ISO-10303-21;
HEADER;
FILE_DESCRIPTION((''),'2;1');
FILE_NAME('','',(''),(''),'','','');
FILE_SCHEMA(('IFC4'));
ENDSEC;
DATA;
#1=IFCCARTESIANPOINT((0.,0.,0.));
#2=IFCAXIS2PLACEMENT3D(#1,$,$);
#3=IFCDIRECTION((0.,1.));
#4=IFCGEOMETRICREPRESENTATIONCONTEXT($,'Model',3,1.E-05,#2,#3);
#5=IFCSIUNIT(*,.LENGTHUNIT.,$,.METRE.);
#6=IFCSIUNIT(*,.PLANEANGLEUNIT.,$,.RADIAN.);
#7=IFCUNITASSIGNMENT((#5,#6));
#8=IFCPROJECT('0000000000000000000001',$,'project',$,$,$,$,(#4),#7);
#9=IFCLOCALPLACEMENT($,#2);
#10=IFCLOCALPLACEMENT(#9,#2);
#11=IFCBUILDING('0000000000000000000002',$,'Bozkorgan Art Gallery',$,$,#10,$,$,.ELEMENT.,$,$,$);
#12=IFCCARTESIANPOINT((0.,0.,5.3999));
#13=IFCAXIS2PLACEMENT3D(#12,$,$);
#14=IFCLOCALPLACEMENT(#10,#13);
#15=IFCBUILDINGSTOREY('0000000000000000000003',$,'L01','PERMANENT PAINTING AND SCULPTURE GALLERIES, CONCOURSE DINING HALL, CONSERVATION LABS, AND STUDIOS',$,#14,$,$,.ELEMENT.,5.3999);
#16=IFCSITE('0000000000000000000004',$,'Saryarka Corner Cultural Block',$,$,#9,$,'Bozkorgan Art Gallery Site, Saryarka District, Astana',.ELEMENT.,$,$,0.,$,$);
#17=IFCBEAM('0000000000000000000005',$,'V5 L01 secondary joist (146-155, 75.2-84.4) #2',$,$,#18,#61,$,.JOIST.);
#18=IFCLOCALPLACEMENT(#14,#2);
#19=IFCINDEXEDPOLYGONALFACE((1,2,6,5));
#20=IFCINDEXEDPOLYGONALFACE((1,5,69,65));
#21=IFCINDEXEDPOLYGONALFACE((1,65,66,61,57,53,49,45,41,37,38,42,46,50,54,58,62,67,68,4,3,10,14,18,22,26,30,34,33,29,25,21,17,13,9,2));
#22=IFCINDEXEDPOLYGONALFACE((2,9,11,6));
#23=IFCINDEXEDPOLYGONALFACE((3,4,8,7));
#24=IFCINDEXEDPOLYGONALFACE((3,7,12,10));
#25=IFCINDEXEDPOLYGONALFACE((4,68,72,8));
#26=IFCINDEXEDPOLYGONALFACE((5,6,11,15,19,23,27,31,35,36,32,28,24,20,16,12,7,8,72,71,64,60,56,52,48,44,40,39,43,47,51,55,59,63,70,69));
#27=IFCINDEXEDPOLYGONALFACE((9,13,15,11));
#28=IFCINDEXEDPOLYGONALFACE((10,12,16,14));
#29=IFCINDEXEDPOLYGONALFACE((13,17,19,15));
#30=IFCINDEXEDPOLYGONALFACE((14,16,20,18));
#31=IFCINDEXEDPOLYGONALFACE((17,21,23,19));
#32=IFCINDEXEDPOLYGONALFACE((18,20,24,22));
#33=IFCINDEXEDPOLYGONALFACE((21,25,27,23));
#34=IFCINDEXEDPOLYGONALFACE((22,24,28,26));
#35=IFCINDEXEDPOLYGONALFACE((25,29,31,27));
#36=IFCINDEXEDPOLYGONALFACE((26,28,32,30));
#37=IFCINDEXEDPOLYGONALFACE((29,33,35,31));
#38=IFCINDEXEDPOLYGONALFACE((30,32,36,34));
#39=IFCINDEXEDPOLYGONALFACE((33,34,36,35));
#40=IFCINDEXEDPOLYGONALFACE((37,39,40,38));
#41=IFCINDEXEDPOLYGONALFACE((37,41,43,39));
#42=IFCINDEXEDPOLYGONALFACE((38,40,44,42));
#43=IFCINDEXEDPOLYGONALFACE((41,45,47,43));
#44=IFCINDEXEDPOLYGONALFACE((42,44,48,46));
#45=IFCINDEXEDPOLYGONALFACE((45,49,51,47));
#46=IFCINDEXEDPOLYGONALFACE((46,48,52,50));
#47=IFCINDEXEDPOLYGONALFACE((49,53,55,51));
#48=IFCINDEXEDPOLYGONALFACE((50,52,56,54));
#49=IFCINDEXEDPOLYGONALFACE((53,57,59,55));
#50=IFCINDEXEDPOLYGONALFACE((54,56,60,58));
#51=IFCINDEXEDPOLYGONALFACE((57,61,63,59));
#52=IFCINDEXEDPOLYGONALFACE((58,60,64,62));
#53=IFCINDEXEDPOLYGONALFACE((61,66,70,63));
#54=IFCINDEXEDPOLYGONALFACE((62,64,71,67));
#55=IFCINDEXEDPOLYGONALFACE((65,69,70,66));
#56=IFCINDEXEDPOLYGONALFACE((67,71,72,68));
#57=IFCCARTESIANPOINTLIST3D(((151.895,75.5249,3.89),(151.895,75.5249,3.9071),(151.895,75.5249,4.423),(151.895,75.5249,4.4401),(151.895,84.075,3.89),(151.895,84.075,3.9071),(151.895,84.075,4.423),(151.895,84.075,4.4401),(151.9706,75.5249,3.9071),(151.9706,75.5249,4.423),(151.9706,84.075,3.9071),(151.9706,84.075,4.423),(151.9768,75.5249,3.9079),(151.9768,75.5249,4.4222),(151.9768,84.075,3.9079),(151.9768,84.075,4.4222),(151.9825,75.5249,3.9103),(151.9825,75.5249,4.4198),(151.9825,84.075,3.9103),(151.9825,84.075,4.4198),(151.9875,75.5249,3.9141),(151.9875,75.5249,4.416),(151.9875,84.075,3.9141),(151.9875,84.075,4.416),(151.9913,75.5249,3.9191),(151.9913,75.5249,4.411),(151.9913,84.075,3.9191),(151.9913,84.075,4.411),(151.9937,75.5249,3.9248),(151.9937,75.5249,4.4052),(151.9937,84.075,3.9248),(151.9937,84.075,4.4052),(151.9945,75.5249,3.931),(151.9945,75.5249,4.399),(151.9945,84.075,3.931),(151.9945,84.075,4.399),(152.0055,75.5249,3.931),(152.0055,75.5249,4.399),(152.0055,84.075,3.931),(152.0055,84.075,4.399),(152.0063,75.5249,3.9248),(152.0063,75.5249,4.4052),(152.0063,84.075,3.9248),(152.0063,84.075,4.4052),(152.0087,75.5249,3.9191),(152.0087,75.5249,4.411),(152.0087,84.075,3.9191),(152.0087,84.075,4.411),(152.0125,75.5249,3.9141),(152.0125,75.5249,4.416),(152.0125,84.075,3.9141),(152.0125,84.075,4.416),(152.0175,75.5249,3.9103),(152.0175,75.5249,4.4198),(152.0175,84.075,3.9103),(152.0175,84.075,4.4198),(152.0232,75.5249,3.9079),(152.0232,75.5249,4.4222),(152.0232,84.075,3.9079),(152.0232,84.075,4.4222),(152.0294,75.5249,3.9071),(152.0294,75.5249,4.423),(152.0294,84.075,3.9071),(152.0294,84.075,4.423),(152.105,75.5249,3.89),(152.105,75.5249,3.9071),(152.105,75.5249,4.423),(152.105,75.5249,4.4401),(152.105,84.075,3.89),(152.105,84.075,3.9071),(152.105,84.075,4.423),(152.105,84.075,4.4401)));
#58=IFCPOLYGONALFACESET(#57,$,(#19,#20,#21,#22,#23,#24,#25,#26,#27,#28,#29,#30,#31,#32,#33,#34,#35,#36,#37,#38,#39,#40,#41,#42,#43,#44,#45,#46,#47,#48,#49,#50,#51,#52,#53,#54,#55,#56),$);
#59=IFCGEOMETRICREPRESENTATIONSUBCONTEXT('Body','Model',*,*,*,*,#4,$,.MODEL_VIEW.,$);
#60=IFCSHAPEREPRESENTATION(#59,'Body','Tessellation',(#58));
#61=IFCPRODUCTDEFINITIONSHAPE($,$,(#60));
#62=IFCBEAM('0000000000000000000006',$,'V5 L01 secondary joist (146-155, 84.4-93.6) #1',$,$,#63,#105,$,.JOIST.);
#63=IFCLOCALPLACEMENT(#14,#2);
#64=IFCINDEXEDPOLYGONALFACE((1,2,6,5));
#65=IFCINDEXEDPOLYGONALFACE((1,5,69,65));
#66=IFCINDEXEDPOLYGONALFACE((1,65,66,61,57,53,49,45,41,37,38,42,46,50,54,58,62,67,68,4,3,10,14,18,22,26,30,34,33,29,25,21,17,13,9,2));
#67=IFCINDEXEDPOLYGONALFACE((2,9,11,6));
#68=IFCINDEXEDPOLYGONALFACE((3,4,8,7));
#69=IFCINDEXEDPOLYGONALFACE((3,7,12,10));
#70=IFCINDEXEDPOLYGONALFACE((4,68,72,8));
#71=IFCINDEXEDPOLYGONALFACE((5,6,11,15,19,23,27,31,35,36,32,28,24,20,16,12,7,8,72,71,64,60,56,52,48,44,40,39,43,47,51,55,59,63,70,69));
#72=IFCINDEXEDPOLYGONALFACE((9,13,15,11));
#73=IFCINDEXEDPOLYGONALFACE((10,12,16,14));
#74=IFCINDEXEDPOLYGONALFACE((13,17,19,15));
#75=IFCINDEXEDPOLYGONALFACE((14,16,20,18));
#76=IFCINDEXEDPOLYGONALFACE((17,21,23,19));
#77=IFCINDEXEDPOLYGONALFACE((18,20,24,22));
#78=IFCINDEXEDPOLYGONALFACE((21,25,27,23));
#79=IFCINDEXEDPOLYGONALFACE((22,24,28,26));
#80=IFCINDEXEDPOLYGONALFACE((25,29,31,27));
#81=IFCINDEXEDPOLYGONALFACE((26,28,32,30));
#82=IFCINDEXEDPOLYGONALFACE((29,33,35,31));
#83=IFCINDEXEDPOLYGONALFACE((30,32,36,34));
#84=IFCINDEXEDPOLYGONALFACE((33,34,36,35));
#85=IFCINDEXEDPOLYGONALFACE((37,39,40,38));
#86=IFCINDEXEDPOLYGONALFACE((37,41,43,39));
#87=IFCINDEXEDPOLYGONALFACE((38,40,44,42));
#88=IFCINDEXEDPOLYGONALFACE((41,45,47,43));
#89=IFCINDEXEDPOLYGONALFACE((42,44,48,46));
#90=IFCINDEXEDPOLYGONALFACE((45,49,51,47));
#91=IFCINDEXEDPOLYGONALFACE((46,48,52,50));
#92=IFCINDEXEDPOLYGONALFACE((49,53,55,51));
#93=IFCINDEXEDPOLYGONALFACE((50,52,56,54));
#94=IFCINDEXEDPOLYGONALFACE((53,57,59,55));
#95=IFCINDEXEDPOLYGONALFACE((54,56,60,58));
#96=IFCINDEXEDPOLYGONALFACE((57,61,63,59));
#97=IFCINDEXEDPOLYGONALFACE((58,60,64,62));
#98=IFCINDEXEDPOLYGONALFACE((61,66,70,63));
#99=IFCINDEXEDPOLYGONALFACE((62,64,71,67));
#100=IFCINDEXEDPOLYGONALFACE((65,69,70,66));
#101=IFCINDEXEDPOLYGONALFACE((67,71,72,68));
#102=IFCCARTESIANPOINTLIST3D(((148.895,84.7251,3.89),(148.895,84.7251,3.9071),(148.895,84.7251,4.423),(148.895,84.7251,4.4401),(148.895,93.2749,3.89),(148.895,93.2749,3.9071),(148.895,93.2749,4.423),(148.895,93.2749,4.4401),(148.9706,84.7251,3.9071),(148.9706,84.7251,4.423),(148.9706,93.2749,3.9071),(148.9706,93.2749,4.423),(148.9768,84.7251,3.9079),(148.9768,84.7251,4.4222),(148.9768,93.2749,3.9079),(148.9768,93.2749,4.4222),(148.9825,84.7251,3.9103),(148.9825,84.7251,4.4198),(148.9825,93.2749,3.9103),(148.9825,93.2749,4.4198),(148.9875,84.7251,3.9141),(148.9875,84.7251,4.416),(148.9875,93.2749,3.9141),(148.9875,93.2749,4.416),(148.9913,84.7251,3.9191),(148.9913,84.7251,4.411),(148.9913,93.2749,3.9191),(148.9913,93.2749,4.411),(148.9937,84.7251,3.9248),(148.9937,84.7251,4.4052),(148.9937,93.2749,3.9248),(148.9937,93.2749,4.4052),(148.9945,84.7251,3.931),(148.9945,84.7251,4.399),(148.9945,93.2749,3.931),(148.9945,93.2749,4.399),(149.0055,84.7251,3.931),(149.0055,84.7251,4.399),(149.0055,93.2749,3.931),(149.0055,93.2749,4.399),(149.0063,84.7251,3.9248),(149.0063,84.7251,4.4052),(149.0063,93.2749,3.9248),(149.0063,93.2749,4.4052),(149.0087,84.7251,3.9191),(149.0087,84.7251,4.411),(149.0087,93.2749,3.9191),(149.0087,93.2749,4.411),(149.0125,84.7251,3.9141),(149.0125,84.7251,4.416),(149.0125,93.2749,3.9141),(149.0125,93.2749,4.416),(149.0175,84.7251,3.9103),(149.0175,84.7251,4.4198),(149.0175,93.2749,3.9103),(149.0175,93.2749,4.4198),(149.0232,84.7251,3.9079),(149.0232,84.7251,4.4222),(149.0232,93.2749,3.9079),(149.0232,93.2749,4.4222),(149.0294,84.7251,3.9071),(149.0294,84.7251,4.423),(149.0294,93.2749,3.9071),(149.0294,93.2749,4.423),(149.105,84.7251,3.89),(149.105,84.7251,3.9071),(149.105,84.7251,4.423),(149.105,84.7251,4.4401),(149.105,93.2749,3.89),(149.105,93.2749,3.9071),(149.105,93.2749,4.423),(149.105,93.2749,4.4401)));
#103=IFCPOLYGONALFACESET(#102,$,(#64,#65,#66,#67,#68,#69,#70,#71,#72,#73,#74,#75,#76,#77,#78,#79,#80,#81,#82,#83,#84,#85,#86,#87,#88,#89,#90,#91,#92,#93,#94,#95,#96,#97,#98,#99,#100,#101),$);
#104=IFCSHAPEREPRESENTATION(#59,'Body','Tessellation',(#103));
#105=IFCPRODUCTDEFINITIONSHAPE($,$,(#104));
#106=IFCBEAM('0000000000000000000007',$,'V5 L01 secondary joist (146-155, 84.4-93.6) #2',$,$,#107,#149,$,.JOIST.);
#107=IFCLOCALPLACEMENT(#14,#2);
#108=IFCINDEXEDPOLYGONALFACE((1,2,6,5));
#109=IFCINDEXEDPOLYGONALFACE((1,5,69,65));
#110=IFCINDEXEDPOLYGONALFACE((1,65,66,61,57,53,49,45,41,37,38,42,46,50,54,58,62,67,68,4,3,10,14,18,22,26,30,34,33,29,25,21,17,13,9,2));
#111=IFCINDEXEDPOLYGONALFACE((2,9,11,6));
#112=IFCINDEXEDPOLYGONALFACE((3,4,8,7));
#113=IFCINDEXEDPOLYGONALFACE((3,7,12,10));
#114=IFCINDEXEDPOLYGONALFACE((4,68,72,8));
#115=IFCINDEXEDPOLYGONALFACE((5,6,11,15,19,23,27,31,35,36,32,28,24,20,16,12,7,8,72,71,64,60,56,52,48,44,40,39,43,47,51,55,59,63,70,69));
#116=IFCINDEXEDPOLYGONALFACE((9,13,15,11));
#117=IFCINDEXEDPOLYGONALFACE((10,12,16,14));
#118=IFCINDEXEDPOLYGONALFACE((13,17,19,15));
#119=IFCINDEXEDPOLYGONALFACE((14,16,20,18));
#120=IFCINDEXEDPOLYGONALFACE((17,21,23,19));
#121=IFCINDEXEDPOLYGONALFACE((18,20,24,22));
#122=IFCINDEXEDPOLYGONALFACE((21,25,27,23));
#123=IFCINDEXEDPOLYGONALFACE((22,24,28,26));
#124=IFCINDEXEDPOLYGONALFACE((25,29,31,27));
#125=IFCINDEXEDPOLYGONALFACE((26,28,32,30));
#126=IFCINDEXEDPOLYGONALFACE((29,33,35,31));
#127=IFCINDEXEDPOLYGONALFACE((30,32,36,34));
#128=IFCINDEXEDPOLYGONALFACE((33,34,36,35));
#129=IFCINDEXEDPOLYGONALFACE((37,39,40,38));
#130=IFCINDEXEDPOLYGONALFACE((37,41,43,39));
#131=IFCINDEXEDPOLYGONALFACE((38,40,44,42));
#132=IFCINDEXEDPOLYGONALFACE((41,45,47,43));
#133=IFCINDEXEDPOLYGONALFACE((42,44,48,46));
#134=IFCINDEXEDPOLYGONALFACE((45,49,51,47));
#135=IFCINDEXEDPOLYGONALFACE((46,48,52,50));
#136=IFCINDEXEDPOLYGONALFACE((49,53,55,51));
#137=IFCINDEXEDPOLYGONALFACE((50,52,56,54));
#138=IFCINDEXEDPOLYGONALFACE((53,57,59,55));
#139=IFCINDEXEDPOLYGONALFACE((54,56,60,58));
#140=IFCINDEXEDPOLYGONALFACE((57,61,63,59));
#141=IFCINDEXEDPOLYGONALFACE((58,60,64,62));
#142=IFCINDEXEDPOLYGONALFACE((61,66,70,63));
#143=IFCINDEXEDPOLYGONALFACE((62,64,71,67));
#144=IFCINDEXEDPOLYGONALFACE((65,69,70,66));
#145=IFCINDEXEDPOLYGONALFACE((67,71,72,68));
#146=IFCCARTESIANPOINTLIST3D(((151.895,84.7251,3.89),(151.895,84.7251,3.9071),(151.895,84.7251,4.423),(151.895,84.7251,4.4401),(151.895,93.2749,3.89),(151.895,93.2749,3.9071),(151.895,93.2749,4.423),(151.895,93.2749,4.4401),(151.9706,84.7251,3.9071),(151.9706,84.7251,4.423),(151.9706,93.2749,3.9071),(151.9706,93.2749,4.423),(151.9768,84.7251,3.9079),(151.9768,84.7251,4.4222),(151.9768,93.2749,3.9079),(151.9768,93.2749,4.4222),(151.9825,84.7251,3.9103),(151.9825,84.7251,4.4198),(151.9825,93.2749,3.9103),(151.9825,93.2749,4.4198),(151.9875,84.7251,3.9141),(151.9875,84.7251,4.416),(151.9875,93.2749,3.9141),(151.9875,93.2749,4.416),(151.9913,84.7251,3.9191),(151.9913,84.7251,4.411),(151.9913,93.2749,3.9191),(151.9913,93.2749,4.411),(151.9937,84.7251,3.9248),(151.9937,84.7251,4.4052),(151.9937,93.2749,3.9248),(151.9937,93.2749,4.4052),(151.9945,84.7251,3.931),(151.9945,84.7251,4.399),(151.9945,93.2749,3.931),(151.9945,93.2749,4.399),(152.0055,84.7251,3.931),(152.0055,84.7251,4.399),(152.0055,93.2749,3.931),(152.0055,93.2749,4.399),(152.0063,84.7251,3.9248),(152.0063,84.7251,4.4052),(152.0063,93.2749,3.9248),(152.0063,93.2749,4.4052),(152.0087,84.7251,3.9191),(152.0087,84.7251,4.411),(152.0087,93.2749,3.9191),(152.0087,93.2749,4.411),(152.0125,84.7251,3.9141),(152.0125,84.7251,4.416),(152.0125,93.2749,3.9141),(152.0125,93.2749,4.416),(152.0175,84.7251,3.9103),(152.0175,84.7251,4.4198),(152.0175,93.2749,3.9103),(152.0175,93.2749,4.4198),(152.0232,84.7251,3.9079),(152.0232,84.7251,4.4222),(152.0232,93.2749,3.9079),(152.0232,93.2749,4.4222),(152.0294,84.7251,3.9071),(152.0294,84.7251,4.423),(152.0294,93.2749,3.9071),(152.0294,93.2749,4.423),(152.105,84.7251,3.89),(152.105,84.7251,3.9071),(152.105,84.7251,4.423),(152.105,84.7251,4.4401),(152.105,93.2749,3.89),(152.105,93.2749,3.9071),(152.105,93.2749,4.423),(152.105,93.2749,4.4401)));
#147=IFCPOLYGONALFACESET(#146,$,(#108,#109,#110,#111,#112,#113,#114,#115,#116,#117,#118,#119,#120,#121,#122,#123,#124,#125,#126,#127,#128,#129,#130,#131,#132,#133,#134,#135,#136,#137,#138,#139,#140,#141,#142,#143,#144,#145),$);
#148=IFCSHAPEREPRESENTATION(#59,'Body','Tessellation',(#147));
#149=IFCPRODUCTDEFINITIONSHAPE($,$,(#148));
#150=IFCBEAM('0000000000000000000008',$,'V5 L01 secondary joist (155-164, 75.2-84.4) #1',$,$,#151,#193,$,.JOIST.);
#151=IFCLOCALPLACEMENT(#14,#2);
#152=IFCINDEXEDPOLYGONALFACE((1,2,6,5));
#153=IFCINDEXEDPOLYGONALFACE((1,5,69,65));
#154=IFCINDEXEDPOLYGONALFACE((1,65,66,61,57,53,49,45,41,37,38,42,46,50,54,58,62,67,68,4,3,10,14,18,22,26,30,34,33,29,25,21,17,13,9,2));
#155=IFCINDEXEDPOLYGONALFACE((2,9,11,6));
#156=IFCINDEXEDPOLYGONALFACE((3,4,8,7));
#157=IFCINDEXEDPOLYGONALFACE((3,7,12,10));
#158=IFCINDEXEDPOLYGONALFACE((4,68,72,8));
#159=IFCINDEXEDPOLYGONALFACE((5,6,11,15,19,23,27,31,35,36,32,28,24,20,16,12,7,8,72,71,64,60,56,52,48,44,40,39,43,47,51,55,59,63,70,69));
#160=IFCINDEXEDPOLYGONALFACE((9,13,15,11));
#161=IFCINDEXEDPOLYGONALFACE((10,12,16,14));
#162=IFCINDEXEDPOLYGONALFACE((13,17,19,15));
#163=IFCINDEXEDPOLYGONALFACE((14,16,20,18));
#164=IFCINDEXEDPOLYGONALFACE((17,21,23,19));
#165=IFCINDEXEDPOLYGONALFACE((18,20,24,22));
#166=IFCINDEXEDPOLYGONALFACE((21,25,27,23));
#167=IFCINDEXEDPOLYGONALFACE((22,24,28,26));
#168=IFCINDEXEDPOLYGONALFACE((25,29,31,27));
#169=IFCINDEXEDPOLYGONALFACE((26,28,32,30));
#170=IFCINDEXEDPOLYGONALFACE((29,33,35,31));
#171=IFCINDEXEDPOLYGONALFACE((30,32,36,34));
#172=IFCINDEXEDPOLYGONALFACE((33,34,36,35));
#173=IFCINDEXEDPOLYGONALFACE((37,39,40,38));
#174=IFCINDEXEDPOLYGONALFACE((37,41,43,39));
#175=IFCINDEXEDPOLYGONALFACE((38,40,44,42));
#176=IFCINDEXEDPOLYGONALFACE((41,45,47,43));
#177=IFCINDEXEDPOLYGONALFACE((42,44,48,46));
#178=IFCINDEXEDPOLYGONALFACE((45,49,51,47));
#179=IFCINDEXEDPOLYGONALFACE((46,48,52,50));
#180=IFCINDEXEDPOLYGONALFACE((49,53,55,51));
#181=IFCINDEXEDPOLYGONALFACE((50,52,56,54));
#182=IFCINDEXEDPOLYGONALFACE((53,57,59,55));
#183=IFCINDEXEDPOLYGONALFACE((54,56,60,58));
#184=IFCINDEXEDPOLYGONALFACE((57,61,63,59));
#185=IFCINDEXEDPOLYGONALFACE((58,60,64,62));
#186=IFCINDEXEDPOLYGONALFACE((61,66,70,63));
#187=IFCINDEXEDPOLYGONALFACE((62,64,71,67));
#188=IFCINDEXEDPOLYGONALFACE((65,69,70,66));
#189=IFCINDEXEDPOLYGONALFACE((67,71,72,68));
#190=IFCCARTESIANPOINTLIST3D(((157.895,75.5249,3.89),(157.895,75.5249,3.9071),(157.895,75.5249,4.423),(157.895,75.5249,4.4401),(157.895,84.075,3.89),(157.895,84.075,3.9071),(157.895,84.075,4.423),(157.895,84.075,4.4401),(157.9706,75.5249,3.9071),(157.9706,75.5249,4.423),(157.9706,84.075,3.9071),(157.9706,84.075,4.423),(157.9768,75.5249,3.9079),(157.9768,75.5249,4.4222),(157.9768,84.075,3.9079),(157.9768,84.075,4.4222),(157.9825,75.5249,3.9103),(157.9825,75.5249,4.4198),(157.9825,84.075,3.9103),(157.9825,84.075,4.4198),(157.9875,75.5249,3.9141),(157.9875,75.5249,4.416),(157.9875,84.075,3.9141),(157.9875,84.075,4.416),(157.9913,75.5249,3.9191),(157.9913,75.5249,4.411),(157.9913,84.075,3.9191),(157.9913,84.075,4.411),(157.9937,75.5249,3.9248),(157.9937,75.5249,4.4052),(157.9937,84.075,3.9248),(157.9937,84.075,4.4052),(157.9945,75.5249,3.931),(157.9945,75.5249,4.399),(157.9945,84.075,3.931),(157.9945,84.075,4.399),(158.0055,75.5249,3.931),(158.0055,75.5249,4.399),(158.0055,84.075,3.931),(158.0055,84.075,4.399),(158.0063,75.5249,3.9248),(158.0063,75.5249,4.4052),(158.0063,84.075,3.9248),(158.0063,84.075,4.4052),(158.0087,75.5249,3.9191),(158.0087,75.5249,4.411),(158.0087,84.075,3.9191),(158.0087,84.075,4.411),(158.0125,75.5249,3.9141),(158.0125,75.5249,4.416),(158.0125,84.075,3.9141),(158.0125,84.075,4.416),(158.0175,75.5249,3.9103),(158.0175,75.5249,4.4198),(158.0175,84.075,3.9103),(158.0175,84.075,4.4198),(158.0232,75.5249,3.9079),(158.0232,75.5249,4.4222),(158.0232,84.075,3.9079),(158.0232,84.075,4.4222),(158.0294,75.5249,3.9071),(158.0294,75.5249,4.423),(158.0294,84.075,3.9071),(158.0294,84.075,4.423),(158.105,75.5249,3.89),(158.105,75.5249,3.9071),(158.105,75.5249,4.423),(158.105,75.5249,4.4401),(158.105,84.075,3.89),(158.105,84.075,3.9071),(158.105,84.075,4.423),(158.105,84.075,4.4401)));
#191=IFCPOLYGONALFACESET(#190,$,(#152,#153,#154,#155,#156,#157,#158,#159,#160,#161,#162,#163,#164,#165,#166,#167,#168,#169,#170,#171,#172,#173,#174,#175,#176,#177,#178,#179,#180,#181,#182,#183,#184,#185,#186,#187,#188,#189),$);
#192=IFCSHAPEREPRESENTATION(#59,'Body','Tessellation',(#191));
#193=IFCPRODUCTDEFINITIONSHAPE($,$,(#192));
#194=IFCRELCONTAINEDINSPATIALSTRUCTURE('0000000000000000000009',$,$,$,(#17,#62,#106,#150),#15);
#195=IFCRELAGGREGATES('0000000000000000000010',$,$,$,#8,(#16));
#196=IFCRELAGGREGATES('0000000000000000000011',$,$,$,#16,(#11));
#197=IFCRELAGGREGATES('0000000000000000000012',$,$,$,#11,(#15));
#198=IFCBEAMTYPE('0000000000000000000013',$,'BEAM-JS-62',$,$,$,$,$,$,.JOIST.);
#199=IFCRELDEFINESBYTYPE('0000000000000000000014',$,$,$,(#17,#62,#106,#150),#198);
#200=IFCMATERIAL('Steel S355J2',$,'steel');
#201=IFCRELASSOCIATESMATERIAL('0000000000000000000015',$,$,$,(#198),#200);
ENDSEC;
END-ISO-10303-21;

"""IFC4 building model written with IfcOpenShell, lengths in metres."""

from ifc_helpers import new_model, si_unit, direction, frame, origin, origin_2d, place, context, subcontext, project, spatial, i_section, extrude, material, material_profile, profile_set, type_object, element, save


model = new_model("IFC4")

# Units and contexts
model_context = context("Model", 3, precision=1e-05, world=origin(), true_north=direction((0.0, 1.0)))
body_context = subcontext(model_context, "Body", "Model", "MODEL_VIEW")
ifc_project = project(units=[si_unit("LENGTHUNIT", "METRE"), si_unit("PLANEANGLEUNIT", "RADIAN")], contexts=[model_context])

# Site, building, storey
site_placement = place(None, origin())
site = spatial("IfcSite", under=ifc_project, at=site_placement, Name="Saryarka Corner Cultural Block", LongName="Bozkorgan Art Gallery Site, Saryarka District, Astana", CompositionType="ELEMENT", RefElevation=0.0)
building_placement = place(site_placement, origin())
building = spatial("IfcBuilding", under=site, at=building_placement, Name="Bozkorgan Art Gallery", CompositionType="ELEMENT")
storey_placement = place(building_placement, frame((0.0, 0.0, 5.3999)))
storey = spatial("IfcBuildingStorey", under=building, at=storey_placement, Name="L01", Description="PERMANENT PAINTING AND SCULPTURE GALLERIES, CONCOURSE DINING HALL, CONSERVATION LABS, AND STUDIOS", CompositionType="ELEMENT", Elevation=5.3999)

# Beams
ifc_material_1 = material(Name="Steel S355J2", Category="steel")
ifc_material_profile_1 = material_profile(ifc_material_1, i_section(OverallWidth=0.21, OverallDepth=0.55, WebThickness=0.011, FlangeThickness=0.0171, FilletRadius=0.0239, at=origin_2d()), Name="IPE 550")
ifc_profile_set_1 = profile_set([ifc_material_profile_1], Name="Steel S355J2")
beam_type_1 = type_object("IfcBeamType", Name="BEAM-JS-62", PredefinedType="JOIST", material=ifc_profile_set_1)
for number, where, z_axis, x_axis, name in (
    (1, (152.0, 75.5249, 4.165), (0.0, 1.0, 0.0), (-1.0, 0.0, 0.0), "V5 L01 secondary joist (146-155, 75.2-84.4) #2"),
):
    element("IfcBeam", number, at=place(storey_placement, frame(where, z_axis=z_axis, x_axis=x_axis)), inside=storey, type_object=beam_type_1, Name=name, PredefinedType="JOIST", context=body_context, shape_type="SweptSolid", body=[
        extrude(i_section(OverallWidth=0.21, OverallDepth=0.55, WebThickness=0.011, FlangeThickness=0.0171, FilletRadius=0.0239, at=origin_2d()), origin(), (0.0, 0.0, 1.0), 8.55),
    ])
for number, where, z_axis, x_axis, name in (
    (2, (149.0, 84.7251, 4.165), (0.0, 1.0, 0.0), (-1.0, 0.0, 0.0), "V5 L01 secondary joist (146-155, 84.4-93.6) #1"),
    (3, (152.0, 84.7251, 4.165), (0.0, 1.0, 0.0), (-1.0, 0.0, 0.0), "V5 L01 secondary joist (146-155, 84.4-93.6) #2"),
):
    element("IfcBeam", number, at=place(storey_placement, frame(where, z_axis=z_axis, x_axis=x_axis)), inside=storey, type_object=beam_type_1, Name=name, PredefinedType="JOIST", context=body_context, shape_type="SweptSolid", body=[
        extrude(i_section(OverallWidth=0.21, OverallDepth=0.55, WebThickness=0.011, FlangeThickness=0.0171, FilletRadius=0.0239, at=origin_2d()), origin(), (0.0, 0.0, 1.0), 8.5498),
    ])
for number, where, z_axis, x_axis, name in (
    (4, (158.0, 75.5249, 4.165), (0.0, 1.0, 0.0), (-1.0, 0.0, 0.0), "V5 L01 secondary joist (155-164, 75.2-84.4) #1"),
):
    element("IfcBeam", number, at=place(storey_placement, frame(where, z_axis=z_axis, x_axis=x_axis)), inside=storey, type_object=beam_type_1, Name=name, PredefinedType="JOIST", context=body_context, shape_type="SweptSolid", body=[
        extrude(i_section(OverallWidth=0.21, OverallDepth=0.55, WebThickness=0.011, FlangeThickness=0.0171, FilletRadius=0.0239, at=origin_2d()), origin(), (0.0, 0.0, 1.0), 8.55),
    ])

save(model, "model.ifc")
